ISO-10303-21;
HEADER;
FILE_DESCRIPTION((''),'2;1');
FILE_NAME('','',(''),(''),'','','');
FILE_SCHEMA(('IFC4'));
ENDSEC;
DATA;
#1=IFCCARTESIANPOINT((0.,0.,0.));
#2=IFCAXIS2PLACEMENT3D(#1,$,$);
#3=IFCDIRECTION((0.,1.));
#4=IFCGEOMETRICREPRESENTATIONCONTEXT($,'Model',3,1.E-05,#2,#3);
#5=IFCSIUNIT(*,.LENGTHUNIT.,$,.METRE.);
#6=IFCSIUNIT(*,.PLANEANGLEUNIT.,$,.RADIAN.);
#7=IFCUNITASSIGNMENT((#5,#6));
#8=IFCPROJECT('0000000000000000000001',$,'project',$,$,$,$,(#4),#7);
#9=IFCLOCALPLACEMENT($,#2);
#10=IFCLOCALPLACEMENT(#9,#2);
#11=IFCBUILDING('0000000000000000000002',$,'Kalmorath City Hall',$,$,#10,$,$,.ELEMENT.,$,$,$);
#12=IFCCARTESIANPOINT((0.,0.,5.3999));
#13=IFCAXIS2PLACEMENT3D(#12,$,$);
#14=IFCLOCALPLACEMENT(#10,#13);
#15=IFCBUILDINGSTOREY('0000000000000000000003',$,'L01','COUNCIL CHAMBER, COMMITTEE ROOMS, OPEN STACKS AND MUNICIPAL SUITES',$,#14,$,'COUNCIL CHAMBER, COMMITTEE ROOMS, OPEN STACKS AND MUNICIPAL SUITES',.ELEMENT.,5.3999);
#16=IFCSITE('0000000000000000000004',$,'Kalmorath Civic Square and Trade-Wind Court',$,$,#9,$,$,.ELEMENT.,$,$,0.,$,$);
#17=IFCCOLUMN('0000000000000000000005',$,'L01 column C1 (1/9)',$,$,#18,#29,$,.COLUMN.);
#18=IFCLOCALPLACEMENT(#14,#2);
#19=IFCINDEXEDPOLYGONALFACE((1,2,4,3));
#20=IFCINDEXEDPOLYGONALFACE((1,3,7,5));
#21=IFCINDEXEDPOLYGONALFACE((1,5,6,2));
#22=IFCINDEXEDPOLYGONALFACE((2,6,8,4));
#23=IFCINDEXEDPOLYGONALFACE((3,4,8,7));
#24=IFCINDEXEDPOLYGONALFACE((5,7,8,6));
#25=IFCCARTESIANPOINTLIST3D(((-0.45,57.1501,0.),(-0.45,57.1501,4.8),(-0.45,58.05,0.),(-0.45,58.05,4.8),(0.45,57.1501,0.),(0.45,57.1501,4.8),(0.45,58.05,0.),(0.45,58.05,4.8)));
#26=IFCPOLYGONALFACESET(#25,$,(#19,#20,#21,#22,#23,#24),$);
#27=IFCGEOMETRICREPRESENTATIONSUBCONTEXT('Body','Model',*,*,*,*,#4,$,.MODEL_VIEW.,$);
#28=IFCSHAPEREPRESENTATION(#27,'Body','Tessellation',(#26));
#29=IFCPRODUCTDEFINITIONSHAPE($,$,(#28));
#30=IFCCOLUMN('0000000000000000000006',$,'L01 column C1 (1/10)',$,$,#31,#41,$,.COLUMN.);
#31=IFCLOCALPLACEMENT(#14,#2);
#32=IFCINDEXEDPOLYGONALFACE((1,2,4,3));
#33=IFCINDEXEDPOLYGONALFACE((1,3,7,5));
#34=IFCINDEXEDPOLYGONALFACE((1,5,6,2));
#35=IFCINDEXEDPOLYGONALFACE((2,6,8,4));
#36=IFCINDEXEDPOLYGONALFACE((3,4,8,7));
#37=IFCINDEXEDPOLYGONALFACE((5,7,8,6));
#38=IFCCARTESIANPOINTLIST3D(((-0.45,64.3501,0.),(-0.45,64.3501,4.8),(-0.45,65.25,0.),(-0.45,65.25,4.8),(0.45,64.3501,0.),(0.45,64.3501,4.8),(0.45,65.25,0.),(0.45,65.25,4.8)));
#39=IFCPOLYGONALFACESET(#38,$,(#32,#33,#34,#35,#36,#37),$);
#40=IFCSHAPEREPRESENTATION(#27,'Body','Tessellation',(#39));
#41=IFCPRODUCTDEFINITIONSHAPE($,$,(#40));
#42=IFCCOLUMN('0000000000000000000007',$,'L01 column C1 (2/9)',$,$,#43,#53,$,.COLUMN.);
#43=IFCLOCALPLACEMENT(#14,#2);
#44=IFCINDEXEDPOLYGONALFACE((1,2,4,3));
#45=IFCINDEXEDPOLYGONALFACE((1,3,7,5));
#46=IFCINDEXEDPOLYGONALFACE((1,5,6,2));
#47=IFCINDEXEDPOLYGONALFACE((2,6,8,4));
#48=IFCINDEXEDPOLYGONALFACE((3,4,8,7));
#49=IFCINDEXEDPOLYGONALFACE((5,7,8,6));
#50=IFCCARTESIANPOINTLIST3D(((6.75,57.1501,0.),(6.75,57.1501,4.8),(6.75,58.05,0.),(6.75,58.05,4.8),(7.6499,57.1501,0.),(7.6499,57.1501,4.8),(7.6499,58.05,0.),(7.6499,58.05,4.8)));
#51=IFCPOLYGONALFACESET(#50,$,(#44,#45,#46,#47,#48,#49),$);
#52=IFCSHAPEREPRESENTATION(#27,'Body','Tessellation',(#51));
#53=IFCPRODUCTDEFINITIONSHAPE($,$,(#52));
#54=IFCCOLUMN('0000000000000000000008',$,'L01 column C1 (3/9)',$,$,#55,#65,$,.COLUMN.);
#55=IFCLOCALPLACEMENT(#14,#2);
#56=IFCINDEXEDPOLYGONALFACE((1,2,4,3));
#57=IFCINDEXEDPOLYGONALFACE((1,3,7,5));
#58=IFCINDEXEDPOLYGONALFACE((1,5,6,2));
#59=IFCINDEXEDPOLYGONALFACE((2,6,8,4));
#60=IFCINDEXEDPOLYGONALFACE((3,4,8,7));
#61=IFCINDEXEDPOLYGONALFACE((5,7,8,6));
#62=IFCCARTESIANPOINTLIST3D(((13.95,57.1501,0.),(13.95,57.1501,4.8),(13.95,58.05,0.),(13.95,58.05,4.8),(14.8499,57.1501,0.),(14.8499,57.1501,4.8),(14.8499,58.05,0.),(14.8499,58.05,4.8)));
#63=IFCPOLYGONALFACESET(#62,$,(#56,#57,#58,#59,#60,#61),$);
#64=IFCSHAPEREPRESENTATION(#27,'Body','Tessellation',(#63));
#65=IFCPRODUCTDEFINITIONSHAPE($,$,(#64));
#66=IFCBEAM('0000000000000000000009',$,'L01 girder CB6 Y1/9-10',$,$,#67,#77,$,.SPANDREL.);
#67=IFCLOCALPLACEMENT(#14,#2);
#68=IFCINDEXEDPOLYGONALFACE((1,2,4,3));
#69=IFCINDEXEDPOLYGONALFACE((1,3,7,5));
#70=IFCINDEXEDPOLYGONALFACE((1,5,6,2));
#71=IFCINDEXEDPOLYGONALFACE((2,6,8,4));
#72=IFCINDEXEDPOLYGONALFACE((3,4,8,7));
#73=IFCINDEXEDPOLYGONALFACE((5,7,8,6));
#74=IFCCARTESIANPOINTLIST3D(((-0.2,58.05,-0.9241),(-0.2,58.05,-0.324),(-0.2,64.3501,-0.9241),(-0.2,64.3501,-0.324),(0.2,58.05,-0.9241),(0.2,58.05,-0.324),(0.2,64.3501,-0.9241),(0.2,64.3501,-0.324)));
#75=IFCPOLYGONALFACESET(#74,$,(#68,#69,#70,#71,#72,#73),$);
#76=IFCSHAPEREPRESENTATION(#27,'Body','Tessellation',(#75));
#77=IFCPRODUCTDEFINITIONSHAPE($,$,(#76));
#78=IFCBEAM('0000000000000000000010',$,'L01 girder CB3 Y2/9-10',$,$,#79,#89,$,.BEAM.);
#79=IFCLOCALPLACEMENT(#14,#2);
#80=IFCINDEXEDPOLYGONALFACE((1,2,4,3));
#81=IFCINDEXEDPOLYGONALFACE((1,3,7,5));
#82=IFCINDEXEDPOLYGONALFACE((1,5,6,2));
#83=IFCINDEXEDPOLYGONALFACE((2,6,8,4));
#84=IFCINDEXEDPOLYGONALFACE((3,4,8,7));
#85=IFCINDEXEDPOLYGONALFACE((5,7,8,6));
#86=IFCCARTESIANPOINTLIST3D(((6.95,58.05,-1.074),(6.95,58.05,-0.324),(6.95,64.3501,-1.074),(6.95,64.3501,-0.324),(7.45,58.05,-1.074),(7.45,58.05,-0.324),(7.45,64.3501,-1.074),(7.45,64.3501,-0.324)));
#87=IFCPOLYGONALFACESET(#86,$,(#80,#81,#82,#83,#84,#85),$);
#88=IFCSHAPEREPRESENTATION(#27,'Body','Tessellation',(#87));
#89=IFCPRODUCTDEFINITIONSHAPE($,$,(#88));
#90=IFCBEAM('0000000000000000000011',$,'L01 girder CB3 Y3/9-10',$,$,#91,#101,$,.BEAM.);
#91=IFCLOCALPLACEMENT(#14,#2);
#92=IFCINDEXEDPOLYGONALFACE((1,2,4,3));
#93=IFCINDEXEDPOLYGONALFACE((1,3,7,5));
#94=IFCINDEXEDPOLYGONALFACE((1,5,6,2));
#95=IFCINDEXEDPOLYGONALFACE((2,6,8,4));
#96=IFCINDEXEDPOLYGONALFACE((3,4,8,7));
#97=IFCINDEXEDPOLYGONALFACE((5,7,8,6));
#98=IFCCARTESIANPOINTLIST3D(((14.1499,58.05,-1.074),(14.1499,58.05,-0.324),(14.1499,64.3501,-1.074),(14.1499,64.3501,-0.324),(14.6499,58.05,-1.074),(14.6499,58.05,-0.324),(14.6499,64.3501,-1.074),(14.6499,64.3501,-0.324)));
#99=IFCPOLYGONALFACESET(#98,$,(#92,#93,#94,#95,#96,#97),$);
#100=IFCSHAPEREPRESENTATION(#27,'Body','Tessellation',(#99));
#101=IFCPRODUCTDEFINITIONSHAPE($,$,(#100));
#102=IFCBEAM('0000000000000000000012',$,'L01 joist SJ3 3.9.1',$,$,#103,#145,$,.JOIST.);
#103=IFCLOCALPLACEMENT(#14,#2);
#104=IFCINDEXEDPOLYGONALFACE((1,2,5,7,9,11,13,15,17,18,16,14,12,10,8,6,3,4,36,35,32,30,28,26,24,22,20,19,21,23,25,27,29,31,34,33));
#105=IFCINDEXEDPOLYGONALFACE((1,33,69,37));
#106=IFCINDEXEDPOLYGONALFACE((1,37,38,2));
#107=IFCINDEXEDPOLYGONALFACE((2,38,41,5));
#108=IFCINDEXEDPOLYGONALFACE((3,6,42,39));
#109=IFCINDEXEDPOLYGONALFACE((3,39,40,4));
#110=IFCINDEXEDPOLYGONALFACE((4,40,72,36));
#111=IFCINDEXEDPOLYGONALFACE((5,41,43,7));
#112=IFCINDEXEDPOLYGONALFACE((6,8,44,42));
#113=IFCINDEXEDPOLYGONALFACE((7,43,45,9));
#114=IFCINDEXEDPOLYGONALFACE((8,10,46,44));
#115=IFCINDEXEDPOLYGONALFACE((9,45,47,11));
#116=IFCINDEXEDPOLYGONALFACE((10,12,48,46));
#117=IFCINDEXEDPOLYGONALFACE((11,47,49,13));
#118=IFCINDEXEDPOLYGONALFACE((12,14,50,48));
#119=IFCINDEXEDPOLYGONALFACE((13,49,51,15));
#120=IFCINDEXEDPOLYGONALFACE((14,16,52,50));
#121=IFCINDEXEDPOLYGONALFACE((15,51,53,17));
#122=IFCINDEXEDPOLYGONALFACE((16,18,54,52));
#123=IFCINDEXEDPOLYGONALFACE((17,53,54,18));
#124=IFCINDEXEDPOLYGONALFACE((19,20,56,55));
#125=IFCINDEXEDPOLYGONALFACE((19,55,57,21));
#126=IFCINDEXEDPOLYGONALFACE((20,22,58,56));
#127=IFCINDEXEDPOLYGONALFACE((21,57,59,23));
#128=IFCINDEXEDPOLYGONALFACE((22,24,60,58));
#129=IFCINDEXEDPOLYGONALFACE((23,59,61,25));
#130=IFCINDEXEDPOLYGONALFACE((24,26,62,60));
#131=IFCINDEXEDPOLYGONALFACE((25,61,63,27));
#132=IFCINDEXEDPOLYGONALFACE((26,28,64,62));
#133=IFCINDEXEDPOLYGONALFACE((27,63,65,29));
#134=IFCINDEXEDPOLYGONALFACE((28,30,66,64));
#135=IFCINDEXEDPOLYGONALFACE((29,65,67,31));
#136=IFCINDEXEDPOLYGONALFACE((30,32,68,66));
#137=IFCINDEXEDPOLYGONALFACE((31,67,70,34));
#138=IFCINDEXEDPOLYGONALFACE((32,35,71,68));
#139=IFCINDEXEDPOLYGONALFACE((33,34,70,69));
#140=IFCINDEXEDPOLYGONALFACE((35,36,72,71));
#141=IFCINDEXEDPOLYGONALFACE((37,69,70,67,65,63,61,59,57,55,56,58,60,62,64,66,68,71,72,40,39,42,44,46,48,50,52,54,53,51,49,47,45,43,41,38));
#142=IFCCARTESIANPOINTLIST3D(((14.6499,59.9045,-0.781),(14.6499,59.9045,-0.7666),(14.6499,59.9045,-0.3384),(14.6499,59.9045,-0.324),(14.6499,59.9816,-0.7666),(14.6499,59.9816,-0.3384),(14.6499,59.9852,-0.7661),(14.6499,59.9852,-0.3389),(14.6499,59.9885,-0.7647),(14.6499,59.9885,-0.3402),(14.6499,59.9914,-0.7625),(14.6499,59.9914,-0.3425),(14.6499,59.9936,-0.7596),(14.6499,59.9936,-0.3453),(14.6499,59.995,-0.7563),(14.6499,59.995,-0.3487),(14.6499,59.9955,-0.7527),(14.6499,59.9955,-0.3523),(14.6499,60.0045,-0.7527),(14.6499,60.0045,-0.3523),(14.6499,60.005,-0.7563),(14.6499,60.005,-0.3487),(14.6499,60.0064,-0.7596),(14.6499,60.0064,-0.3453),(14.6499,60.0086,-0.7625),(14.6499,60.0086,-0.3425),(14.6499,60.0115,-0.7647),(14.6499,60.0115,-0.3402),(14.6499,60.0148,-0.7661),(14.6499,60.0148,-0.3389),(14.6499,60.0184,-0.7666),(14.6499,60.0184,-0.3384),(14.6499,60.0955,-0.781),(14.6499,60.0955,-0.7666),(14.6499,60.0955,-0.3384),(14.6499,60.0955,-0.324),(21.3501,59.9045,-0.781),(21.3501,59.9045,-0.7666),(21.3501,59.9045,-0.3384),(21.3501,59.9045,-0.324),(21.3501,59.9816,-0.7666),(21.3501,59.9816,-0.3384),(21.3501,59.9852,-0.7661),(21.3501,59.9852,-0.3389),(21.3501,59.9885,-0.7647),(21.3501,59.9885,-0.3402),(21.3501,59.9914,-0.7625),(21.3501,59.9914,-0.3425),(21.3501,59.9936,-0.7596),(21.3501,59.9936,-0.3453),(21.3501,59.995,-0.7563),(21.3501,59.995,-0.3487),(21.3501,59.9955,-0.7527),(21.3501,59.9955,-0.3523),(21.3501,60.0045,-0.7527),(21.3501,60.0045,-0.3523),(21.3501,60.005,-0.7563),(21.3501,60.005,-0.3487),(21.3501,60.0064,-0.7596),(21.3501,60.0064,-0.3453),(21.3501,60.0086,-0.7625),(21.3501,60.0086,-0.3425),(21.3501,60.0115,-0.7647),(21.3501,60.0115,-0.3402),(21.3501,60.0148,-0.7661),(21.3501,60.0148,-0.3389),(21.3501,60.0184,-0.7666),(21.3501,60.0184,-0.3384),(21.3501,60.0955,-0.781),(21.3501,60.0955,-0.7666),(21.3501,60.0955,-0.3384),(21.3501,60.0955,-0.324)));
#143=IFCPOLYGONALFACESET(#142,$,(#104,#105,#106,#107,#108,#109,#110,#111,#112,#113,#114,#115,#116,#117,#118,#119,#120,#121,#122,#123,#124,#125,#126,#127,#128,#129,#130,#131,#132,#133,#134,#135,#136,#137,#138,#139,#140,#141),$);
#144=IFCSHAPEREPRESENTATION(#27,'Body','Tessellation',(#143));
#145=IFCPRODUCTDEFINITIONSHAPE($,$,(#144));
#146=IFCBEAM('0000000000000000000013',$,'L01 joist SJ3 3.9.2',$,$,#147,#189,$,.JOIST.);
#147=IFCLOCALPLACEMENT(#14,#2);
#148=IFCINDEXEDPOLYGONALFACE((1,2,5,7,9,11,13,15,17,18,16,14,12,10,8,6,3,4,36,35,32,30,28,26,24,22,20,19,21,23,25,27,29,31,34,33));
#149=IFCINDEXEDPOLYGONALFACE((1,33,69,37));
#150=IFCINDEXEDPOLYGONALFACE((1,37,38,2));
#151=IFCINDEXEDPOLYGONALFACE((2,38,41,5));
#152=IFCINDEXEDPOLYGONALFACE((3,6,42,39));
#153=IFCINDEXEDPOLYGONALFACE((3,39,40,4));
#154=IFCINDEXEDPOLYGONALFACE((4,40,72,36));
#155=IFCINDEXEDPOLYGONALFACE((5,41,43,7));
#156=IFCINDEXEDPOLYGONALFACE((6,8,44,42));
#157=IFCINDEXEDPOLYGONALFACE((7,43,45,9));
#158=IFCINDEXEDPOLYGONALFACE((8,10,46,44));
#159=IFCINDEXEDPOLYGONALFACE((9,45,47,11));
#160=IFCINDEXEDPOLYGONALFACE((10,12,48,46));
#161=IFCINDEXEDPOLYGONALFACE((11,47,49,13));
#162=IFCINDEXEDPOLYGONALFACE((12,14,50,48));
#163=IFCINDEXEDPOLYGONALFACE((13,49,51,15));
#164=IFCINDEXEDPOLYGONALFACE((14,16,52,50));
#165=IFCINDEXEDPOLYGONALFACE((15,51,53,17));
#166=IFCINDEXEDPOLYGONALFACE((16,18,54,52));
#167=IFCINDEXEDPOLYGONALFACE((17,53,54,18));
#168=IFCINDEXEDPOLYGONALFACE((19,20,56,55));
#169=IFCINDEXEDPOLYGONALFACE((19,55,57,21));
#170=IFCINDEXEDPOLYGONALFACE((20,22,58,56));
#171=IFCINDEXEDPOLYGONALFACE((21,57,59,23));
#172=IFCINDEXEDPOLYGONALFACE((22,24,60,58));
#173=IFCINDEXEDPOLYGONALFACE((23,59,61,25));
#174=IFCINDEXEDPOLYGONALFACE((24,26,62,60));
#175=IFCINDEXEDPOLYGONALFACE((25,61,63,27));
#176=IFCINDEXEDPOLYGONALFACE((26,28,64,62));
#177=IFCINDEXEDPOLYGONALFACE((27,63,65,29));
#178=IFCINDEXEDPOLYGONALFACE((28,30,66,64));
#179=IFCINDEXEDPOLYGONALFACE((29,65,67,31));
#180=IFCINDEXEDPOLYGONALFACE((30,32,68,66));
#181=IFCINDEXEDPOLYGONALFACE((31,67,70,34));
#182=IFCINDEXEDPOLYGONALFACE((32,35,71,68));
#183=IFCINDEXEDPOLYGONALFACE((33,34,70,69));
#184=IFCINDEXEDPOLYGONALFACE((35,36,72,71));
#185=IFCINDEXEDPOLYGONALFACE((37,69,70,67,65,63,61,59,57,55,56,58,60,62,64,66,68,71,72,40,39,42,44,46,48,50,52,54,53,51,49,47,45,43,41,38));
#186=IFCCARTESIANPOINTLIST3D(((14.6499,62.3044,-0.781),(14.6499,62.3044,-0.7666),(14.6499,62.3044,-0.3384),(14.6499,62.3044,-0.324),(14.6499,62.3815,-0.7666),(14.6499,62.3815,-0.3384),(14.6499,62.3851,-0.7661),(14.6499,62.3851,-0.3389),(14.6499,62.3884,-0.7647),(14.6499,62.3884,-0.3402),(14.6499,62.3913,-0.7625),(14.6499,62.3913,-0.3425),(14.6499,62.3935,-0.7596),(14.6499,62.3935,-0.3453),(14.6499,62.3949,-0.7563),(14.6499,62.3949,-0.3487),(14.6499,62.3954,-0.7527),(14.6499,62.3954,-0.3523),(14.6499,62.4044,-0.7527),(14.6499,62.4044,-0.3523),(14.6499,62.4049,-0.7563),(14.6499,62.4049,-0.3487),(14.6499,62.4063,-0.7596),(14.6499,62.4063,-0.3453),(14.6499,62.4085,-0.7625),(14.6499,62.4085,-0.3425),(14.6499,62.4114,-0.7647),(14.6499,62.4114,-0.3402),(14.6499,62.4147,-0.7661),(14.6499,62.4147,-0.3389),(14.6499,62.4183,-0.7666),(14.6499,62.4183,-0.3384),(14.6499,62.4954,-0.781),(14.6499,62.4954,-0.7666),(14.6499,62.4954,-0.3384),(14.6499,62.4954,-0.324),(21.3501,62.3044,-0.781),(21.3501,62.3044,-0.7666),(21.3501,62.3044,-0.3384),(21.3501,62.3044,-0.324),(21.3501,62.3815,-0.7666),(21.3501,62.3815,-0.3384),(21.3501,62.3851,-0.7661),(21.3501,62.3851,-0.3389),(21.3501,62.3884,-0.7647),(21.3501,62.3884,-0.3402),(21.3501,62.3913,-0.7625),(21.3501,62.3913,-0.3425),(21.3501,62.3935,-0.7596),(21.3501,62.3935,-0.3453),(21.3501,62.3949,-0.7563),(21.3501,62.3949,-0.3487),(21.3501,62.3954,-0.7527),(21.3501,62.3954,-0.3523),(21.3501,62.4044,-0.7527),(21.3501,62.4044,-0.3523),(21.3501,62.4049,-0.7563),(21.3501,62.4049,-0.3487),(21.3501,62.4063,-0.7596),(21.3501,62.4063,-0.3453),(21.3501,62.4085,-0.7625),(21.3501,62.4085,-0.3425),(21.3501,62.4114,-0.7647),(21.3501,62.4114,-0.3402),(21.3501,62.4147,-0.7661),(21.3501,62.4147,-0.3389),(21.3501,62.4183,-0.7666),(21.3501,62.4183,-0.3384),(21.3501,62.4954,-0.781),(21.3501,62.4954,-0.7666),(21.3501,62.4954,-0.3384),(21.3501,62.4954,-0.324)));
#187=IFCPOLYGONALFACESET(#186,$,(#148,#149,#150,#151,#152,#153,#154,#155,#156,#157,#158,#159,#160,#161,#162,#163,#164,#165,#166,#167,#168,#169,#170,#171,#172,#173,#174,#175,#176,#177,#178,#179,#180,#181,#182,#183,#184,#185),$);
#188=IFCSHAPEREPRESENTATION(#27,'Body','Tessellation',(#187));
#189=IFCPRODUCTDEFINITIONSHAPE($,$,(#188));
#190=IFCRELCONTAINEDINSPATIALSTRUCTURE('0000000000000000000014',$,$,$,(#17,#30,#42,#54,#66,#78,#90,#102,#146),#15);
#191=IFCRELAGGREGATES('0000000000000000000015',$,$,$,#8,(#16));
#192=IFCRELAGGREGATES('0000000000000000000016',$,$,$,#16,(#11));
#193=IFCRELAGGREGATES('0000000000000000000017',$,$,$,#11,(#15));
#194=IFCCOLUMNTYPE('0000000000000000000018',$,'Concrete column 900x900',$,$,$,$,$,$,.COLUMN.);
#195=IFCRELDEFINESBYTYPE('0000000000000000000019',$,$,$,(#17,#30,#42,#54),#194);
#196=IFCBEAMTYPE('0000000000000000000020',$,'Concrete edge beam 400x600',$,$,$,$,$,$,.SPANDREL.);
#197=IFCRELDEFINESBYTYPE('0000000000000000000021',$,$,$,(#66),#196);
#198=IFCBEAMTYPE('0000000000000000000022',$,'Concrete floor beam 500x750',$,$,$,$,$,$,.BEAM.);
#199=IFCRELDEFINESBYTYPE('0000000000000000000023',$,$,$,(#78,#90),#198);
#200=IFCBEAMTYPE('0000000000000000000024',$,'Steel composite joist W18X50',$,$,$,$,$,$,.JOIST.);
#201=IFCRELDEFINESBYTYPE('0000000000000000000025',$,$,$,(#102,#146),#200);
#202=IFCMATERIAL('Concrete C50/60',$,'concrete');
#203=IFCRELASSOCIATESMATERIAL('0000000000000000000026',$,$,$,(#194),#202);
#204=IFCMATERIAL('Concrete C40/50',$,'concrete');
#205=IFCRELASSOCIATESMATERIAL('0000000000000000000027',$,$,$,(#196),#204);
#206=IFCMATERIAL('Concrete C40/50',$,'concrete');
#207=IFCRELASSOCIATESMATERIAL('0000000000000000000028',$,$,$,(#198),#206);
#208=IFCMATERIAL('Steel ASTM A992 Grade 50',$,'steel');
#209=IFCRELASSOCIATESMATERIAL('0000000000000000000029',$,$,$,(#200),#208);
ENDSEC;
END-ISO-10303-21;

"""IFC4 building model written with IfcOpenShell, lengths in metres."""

from ifc_helpers import new_model, si_unit, direction, frame, origin, origin_2d, place, context, subcontext, project, spatial, rectangle, i_section, extrude, material, material_profile, profile_set, type_object, element, save


model = new_model("IFC4")

# Units and contexts
model_context = context("Model", 3, precision=1e-05, world=origin(), true_north=direction((0.0, 1.0)))
body_context = subcontext(model_context, "Body", "Model", "MODEL_VIEW")
ifc_project = project(units=[si_unit("LENGTHUNIT", "METRE"), si_unit("PLANEANGLEUNIT", "RADIAN")], contexts=[model_context])

# Site, building, storey
site_placement = place(None, origin())
site = spatial("IfcSite", under=ifc_project, at=site_placement, Name="Kalmorath Civic Square and Trade-Wind Court", CompositionType="ELEMENT", RefElevation=0.0)
building_placement = place(site_placement, origin())
building = spatial("IfcBuilding", under=site, at=building_placement, Name="Kalmorath City Hall", CompositionType="ELEMENT")
storey_placement = place(building_placement, frame((0.0, 0.0, 5.3999)))
storey = spatial("IfcBuildingStorey", under=building, at=storey_placement, Name="L01", Description="COUNCIL CHAMBER, COMMITTEE ROOMS, OPEN STACKS AND MUNICIPAL SUITES", LongName="COUNCIL CHAMBER, COMMITTEE ROOMS, OPEN STACKS AND MUNICIPAL SUITES", CompositionType="ELEMENT", Elevation=5.3999)

# Columns
ifc_material_1 = material(Name="Concrete C50/60", Category="concrete")
ifc_material_profile_1 = material_profile(ifc_material_1, rectangle(XDim=0.8999, YDim=0.8999, at=origin_2d()), Name="RC-COL-900X900")
ifc_profile_set_1 = profile_set([ifc_material_profile_1], Name="Concrete C50/60")
column_type = type_object("IfcColumnType", Name="Concrete column 900x900", PredefinedType="COLUMN", material=ifc_profile_set_1)
for number, where, z_axis, x_axis, name in (
    (1, (0.0, 57.6001, 0.0), (0.0, 0.0, 1.0), (1.0, 0.0, 0.0), "L01 column C1 (1/9)"),
    (2, (0.0, 64.8, 0.0), (0.0, 0.0, 1.0), (1.0, 0.0, 0.0), "L01 column C1 (1/10)"),
    (3, (7.2, 57.6001, 0.0), (0.0, 0.0, 1.0), (1.0, 0.0, 0.0), "L01 column C1 (2/9)"),
    (4, (14.3999, 57.6001, 0.0), (0.0, 0.0, 1.0), (1.0, 0.0, 0.0), "L01 column C1 (3/9)"),
):
    element("IfcColumn", number, at=place(storey_placement, frame(where, z_axis=z_axis, x_axis=x_axis)), inside=storey, type_object=column_type, Name=name, PredefinedType="COLUMN", context=body_context, shape_type="SweptSolid", body=[
        extrude(rectangle(XDim=0.8999, YDim=0.8999, at=origin_2d()), origin(), (0.0, 0.0, 1.0), 4.8),
    ])

# Beams
ifc_material_2 = material(Name="Concrete C40/50", Category="concrete")
ifc_material_profile_2 = material_profile(ifc_material_2, rectangle(XDim=0.3999, YDim=0.6001, at=origin_2d()), Name="RC-BM-400X600")
ifc_profile_set_2 = profile_set([ifc_material_profile_2], Name="Concrete C40/50")
beam_type_1 = type_object("IfcBeamType", Name="Concrete edge beam 400x600", PredefinedType="SPANDREL", material=ifc_profile_set_2)
beam_1_placement = place(storey_placement, frame((0.0, 58.05, -0.624), z_axis=(0.0, 1.0, 0.0), x_axis=(-1.0, 0.0, 0.0)))
element("IfcBeam", 5, at=beam_1_placement, inside=storey, type_object=beam_type_1, Name="L01 girder CB6 Y1/9-10", PredefinedType="SPANDREL", context=body_context, shape_type="SweptSolid", body=[
    extrude(rectangle(XDim=0.3999, YDim=0.6001, at=origin_2d()), origin(), (0.0, 0.0, 1.0), 6.3),
])
ifc_material_3 = material(Name="Concrete C40/50", Category="concrete")
ifc_material_profile_3 = material_profile(ifc_material_3, rectangle(XDim=0.5, YDim=0.75, at=origin_2d()), Name="RC-BM-500X750")
ifc_profile_set_3 = profile_set([ifc_material_profile_3], Name="Concrete C40/50")
beam_type_2 = type_object("IfcBeamType", Name="Concrete floor beam 500x750", PredefinedType="BEAM", material=ifc_profile_set_3)
for number, where, z_axis, x_axis, name in (
    (6, (7.2, 58.05, -0.699), (0.0, 1.0, 0.0), (-1.0, 0.0, 0.0), "L01 girder CB3 Y2/9-10"),
    (7, (14.3999, 58.05, -0.699), (0.0, 1.0, 0.0), (-1.0, 0.0, 0.0), "L01 girder CB3 Y3/9-10"),
):
    element("IfcBeam", number, at=place(storey_placement, frame(where, z_axis=z_axis, x_axis=x_axis)), inside=storey, type_object=beam_type_2, Name=name, PredefinedType="BEAM", context=body_context, shape_type="SweptSolid", body=[
        extrude(rectangle(XDim=0.5, YDim=0.75, at=origin_2d()), origin(), (0.0, 0.0, 1.0), 6.3),
    ])
ifc_material_4 = material(Name="Steel ASTM A992 Grade 50", Category="steel")
ifc_material_profile_4 = material_profile(ifc_material_4, i_section(OverallWidth=0.1909, OverallDepth=0.457, WebThickness=0.009, FlangeThickness=0.0144, FilletRadius=0.0139, at=origin_2d()), Name="W18X50")
ifc_profile_set_4 = profile_set([ifc_material_profile_4], Name="Steel ASTM A992 Grade 50")
beam_type_3 = type_object("IfcBeamType", Name="Steel composite joist W18X50", PredefinedType="JOIST", material=ifc_profile_set_4)
for number, where, z_axis, x_axis, name in (
    (8, (14.6499, 60.0, -0.5525), (1.0, 0.0, 0.0), (0.0, 1.0, 0.0), "L01 joist SJ3 3.9.1"),
    (9, (14.6499, 62.3999, -0.5525), (1.0, 0.0, 0.0), (0.0, 1.0, 0.0), "L01 joist SJ3 3.9.2"),
):
    element("IfcBeam", number, at=place(storey_placement, frame(where, z_axis=z_axis, x_axis=x_axis)), inside=storey, type_object=beam_type_3, Name=name, PredefinedType="JOIST", context=body_context, shape_type="SweptSolid", body=[
        extrude(i_section(OverallWidth=0.1909, OverallDepth=0.457, WebThickness=0.009, FlangeThickness=0.0144, FilletRadius=0.0139, at=origin_2d()), origin(), (0.0, 0.0, 1.0), 6.7002),
    ])

save(model, "model.ifc")
